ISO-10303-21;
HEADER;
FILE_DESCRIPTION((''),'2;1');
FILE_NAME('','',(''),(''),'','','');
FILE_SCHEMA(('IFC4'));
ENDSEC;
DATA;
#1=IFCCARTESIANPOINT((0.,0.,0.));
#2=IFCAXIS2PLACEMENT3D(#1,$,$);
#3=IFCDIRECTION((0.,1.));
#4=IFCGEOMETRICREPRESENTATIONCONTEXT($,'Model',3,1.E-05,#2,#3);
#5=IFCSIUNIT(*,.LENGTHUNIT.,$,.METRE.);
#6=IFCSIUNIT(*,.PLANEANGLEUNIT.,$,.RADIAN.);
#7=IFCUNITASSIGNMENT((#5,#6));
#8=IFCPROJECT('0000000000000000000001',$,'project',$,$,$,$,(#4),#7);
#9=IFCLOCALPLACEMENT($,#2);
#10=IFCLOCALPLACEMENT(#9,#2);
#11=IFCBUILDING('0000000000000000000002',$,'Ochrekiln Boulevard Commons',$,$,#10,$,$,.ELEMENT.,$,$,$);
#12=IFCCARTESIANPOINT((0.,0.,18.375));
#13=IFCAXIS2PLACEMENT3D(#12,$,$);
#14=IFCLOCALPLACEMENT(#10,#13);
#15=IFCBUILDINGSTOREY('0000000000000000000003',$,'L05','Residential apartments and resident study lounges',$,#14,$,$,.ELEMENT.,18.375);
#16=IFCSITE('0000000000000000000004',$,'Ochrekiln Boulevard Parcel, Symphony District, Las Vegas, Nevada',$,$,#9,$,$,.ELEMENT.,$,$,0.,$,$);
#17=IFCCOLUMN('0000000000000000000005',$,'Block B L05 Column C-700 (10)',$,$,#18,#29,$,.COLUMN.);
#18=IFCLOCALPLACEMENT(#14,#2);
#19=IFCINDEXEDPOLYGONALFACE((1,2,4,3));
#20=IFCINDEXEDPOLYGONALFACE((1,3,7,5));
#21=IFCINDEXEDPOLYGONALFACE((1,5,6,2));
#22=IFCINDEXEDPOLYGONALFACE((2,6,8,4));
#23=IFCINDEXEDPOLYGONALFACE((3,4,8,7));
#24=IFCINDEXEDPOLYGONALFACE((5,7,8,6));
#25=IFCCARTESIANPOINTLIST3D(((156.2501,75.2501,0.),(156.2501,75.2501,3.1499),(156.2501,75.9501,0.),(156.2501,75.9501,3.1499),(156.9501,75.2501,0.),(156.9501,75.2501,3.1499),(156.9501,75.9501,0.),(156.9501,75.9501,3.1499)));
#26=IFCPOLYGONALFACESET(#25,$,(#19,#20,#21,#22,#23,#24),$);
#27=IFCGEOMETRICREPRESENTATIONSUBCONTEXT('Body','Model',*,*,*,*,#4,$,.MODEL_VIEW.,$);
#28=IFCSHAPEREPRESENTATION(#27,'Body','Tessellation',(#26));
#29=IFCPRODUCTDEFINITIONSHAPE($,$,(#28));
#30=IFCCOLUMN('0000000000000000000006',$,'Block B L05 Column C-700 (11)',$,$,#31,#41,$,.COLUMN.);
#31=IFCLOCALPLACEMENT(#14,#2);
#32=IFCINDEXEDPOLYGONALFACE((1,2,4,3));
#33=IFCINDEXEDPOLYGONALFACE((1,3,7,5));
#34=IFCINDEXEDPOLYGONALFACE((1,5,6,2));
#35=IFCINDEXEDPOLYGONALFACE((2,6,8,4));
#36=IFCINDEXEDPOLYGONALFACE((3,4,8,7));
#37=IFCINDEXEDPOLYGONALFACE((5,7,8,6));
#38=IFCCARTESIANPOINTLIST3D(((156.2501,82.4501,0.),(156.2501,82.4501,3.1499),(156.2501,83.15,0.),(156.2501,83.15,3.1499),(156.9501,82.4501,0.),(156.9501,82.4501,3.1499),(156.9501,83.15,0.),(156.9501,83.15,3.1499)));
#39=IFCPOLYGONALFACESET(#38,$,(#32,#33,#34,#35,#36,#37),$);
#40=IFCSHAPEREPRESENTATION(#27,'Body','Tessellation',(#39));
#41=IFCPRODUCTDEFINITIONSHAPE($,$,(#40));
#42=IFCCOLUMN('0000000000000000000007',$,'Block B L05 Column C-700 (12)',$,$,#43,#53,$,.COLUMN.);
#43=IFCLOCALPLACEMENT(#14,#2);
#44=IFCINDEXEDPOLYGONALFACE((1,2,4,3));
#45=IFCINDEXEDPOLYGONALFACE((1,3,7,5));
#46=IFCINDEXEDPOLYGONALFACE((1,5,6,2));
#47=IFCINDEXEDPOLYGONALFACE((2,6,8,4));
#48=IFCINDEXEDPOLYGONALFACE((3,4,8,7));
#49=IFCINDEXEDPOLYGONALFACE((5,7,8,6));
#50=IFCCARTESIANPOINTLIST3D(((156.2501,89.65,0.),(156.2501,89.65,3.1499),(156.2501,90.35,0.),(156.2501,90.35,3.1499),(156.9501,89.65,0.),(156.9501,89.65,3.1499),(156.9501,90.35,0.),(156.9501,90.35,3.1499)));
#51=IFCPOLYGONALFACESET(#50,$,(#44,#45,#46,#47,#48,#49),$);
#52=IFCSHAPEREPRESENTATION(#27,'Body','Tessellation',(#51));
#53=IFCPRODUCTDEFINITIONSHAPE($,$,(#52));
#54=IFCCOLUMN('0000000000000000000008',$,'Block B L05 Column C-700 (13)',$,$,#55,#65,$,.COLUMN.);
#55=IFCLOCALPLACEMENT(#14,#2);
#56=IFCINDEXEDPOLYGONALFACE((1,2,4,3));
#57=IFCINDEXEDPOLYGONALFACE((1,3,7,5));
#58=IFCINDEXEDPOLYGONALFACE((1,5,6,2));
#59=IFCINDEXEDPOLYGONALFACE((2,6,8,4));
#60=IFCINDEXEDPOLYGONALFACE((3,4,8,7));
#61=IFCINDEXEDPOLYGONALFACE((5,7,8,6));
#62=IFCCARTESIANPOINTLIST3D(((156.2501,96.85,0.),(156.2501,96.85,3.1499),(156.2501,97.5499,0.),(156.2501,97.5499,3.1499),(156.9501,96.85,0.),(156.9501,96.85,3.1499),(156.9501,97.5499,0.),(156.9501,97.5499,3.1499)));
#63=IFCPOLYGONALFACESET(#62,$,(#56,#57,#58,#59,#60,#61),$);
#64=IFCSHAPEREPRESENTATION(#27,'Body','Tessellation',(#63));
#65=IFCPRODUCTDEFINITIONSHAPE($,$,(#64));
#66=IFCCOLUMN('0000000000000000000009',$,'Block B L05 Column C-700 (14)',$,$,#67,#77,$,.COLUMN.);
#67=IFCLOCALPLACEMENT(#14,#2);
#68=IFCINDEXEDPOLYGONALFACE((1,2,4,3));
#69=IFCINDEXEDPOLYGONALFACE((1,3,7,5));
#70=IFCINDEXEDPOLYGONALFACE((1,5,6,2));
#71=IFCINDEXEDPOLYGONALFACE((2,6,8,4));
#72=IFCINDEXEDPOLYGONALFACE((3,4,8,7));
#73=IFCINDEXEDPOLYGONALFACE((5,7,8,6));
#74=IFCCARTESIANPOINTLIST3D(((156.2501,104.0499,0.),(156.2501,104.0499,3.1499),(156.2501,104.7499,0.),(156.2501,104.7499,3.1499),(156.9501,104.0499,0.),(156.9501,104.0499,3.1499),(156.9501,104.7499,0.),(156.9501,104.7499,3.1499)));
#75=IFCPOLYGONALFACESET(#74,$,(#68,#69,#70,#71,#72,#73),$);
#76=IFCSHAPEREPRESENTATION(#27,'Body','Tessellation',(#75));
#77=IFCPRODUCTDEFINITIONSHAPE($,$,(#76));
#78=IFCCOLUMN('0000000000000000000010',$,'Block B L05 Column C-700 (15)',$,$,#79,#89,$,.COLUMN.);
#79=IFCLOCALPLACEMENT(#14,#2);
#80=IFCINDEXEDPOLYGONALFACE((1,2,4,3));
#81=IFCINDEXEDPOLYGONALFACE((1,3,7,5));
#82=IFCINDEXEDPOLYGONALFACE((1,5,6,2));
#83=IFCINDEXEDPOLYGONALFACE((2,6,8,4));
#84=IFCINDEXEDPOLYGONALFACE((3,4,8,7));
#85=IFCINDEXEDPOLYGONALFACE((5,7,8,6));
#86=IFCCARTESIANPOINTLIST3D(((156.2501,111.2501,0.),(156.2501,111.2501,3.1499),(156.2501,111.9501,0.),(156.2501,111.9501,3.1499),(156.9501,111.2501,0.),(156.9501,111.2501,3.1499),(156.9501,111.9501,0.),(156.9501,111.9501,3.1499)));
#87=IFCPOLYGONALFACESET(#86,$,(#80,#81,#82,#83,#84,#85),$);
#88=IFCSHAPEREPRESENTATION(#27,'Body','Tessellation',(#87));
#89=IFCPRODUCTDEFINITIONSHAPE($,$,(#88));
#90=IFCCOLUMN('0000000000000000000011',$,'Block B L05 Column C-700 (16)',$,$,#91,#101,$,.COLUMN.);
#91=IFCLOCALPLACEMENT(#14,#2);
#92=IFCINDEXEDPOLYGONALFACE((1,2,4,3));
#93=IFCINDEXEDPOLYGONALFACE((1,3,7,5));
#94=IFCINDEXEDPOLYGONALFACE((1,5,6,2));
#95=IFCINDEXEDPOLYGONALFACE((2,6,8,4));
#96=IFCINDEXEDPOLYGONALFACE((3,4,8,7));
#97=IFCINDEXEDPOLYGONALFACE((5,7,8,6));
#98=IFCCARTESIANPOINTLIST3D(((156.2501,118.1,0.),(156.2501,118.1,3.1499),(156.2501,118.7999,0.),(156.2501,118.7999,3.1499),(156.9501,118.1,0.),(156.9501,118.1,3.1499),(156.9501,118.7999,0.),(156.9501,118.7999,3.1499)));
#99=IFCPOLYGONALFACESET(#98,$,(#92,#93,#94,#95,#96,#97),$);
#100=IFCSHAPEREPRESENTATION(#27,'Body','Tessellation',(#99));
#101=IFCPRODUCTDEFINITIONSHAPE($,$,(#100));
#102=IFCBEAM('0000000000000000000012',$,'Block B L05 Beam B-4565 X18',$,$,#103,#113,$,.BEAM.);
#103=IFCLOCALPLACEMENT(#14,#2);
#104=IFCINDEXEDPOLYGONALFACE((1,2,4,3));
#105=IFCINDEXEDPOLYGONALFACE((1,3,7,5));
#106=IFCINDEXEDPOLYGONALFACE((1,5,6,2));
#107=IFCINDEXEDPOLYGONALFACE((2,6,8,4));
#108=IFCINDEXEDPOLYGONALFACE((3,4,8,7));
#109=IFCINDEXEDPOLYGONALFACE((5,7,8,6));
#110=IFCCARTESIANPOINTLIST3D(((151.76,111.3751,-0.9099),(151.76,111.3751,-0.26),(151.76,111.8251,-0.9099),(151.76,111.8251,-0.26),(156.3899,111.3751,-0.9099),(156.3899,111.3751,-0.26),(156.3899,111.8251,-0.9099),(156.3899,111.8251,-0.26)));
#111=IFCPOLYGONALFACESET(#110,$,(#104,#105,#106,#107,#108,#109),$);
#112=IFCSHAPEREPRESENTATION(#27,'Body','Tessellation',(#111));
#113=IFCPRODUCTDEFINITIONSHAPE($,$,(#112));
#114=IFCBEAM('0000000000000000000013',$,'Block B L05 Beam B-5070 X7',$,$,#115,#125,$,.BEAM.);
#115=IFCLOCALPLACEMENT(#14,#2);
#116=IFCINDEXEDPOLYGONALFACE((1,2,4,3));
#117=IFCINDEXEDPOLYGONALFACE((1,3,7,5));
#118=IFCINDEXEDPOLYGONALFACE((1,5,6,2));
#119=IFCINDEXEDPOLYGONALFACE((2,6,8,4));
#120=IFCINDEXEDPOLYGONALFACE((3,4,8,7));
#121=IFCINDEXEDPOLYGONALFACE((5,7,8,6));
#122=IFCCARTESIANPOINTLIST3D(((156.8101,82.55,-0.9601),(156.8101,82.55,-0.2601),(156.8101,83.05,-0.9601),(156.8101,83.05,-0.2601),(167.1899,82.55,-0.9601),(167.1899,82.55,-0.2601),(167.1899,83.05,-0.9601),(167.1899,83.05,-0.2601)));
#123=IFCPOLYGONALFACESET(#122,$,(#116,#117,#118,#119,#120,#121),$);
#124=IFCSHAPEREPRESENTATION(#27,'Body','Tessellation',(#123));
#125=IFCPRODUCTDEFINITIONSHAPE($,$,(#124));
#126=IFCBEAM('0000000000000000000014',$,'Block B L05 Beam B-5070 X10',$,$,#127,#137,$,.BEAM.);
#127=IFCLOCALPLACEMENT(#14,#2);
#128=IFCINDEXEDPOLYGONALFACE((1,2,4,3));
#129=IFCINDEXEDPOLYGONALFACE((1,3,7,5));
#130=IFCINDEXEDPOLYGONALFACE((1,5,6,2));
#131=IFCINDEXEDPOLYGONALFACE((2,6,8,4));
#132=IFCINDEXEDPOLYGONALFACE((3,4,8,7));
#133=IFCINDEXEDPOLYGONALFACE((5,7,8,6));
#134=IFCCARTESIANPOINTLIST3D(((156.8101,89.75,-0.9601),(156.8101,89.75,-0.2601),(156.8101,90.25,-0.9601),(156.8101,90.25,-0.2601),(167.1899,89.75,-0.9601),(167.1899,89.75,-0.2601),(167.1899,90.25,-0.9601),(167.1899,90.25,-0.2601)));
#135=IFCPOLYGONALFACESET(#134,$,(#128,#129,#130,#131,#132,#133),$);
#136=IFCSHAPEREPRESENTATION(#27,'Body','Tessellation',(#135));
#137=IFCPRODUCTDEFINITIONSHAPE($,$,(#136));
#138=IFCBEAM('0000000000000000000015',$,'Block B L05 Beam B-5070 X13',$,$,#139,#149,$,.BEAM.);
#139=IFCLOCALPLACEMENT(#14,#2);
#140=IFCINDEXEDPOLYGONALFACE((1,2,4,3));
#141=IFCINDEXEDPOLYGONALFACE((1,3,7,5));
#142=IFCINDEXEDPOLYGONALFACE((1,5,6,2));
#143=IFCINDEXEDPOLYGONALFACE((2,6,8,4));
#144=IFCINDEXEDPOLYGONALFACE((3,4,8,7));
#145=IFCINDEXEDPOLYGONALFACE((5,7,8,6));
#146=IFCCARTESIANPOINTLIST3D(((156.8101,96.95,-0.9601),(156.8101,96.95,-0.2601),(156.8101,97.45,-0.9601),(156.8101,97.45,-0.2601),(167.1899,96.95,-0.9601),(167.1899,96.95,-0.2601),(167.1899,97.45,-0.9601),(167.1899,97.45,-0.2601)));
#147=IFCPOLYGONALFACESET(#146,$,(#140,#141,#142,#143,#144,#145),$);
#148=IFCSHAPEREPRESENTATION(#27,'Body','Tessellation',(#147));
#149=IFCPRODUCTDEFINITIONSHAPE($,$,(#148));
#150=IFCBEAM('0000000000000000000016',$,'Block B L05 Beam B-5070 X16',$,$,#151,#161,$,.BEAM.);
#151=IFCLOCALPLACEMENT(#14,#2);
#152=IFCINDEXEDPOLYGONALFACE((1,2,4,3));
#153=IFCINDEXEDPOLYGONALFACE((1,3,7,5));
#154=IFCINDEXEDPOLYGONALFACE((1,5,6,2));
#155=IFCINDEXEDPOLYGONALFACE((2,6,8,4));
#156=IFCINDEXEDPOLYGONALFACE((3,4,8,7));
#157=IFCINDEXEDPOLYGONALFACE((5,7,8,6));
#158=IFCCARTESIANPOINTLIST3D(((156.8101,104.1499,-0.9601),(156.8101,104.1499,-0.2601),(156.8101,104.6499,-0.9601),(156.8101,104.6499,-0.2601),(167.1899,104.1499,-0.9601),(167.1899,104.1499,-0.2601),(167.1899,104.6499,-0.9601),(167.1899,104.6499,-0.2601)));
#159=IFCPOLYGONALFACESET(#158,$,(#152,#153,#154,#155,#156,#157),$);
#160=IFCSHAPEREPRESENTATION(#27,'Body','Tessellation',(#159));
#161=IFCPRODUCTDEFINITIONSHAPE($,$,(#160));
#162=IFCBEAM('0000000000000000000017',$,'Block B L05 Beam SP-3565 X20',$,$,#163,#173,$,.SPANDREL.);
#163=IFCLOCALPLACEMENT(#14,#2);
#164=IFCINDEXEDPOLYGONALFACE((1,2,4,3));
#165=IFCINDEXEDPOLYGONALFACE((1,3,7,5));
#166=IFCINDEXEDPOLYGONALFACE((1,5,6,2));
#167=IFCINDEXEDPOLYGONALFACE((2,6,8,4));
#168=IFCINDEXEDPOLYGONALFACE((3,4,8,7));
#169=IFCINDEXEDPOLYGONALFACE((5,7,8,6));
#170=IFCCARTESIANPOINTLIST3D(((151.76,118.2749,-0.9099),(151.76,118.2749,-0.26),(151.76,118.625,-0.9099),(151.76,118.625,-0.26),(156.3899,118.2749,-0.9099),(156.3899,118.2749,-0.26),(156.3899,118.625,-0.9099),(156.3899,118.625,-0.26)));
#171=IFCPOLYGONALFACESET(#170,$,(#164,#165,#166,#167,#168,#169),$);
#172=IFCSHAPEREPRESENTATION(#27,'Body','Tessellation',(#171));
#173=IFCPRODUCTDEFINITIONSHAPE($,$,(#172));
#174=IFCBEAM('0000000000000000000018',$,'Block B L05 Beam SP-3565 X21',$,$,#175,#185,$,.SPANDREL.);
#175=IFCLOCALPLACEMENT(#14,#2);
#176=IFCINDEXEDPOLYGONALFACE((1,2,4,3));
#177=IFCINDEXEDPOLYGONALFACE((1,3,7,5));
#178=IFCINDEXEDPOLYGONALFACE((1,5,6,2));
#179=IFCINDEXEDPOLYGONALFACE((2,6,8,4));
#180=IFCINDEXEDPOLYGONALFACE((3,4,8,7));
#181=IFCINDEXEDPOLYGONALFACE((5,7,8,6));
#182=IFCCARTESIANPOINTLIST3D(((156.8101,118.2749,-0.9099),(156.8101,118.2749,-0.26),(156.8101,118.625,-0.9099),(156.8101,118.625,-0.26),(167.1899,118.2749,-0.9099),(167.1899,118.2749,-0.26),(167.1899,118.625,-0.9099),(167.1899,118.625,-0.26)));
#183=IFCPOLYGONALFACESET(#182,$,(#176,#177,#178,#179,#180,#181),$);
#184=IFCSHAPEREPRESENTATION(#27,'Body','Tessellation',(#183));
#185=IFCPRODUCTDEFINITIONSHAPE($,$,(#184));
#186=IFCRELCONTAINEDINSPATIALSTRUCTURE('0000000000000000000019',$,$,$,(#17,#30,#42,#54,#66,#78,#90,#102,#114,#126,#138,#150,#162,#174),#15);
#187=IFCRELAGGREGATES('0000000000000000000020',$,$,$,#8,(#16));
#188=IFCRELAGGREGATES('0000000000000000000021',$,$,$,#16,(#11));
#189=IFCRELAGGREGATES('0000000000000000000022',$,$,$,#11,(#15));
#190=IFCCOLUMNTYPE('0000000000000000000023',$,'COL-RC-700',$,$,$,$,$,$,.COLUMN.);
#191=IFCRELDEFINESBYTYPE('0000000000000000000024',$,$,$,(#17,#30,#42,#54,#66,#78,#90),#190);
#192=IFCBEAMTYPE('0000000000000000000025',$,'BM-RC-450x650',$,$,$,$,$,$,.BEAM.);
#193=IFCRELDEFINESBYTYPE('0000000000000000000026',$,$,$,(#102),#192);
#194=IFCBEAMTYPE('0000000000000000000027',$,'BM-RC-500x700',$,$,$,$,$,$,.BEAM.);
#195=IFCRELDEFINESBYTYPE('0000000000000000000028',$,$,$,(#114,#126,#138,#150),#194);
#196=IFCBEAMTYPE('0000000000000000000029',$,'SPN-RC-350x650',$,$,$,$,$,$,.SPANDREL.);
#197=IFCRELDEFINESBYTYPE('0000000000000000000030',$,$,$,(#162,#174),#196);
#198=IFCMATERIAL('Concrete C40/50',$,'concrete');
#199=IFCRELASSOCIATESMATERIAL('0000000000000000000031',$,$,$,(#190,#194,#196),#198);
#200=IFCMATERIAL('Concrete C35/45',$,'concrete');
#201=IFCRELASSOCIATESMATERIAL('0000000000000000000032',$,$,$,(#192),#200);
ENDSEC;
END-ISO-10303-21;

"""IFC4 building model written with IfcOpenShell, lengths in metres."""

from ifc_helpers import new_model, si_unit, direction, frame, origin, origin_2d, place, context, subcontext, project, spatial, rectangle, extrude, material, material_profile, profile_set, type_object, element, save


model = new_model("IFC4")

# Units and contexts
model_context = context("Model", 3, precision=1e-05, world=origin(), true_north=direction((0.0, 1.0)))
body_context = subcontext(model_context, "Body", "Model", "MODEL_VIEW")
ifc_project = project(units=[si_unit("LENGTHUNIT", "METRE"), si_unit("PLANEANGLEUNIT", "RADIAN")], contexts=[model_context])

# Site, building, storey
site_placement = place(None, origin())
site = spatial("IfcSite", under=ifc_project, at=site_placement, Name="Ochrekiln Boulevard Parcel, Symphony District, Las Vegas, Nevada", CompositionType="ELEMENT", RefElevation=0.0)
building_placement = place(site_placement, origin())
building = spatial("IfcBuilding", under=site, at=building_placement, Name="Ochrekiln Boulevard Commons", CompositionType="ELEMENT")
storey_placement = place(building_placement, frame((0.0, 0.0, 18.375)))
storey = spatial("IfcBuildingStorey", under=building, at=storey_placement, Name="L05", Description="Residential apartments and resident study lounges", CompositionType="ELEMENT", Elevation=18.375)

# Columns
ifc_material_1 = material(Name="Concrete C40/50", Category="concrete")
ifc_material_profile_1 = material_profile(ifc_material_1, rectangle(XDim=0.7, YDim=0.7, at=origin_2d()), Name="RC-COL-700x700")
ifc_profile_set_1 = profile_set([ifc_material_profile_1], Name="Concrete C40/50")
column_type = type_object("IfcColumnType", Name="COL-RC-700", PredefinedType="COLUMN", material=ifc_profile_set_1)
for number, where, z_axis, x_axis, name in (
    (1, (156.6001, 75.6001, 0.0), (0.0, 0.0, 1.0), (1.0, 0.0, 0.0), "Block B L05 Column C-700 (10)"),
    (2, (156.6001, 82.8, 0.0), (0.0, 0.0, 1.0), (1.0, 0.0, 0.0), "Block B L05 Column C-700 (11)"),
    (3, (156.6001, 90.0, 0.0), (0.0, 0.0, 1.0), (1.0, 0.0, 0.0), "Block B L05 Column C-700 (12)"),
    (4, (156.6001, 97.2, 0.0), (0.0, 0.0, 1.0), (1.0, 0.0, 0.0), "Block B L05 Column C-700 (13)"),
    (5, (156.6001, 104.3999, 0.0), (0.0, 0.0, 1.0), (1.0, 0.0, 0.0), "Block B L05 Column C-700 (14)"),
    (6, (156.6001, 111.6001, 0.0), (0.0, 0.0, 1.0), (1.0, 0.0, 0.0), "Block B L05 Column C-700 (15)"),
    (7, (156.6001, 118.45, 0.0), (0.0, 0.0, 1.0), (1.0, 0.0, 0.0), "Block B L05 Column C-700 (16)"),
):
    element("IfcColumn", number, at=place(storey_placement, frame(where, z_axis=z_axis, x_axis=x_axis)), inside=storey, type_object=column_type, Name=name, PredefinedType="COLUMN", context=body_context, shape_type="SweptSolid", body=[
        extrude(rectangle(XDim=0.7, YDim=0.7, at=origin_2d()), origin(), (0.0, 0.0, 1.0), 3.1499),
    ])

# Beams
ifc_material_2 = material(Name="Concrete C35/45", Category="concrete")
ifc_material_profile_2 = material_profile(ifc_material_2, rectangle(XDim=0.45, YDim=0.6499, at=origin_2d()), Name="RC-BM-450x650")
ifc_profile_set_2 = profile_set([ifc_material_profile_2], Name="Concrete C35/45")
beam_type_1 = type_object("IfcBeamType", Name="BM-RC-450x650", PredefinedType="BEAM", material=ifc_profile_set_2)
beam_1_placement = place(storey_placement, frame((151.76, 111.6001, -0.585), z_axis=(1.0, 0.0, 0.0), x_axis=(0.0, 1.0, 0.0)))
element("IfcBeam", 8, at=beam_1_placement, inside=storey, type_object=beam_type_1, Name="Block B L05 Beam B-4565 X18", PredefinedType="BEAM", context=body_context, shape_type="SweptSolid", body=[
    extrude(rectangle(XDim=0.45, YDim=0.6499, at=origin_2d()), origin(), (0.0, 0.0, 1.0), 4.6299),
])
ifc_material_profile_3 = material_profile(ifc_material_1, rectangle(XDim=0.5, YDim=0.7, at=origin_2d()), Name="RC-BM-500x700")
ifc_profile_set_3 = profile_set([ifc_material_profile_3], Name="Concrete C40/50")
beam_type_2 = type_object("IfcBeamType", Name="BM-RC-500x700", PredefinedType="BEAM", material=ifc_profile_set_3)
for number, where, z_axis, x_axis, name in (
    (9, (156.8101, 82.8, -0.6101), (1.0, 0.0, 0.0), (0.0, 1.0, 0.0), "Block B L05 Beam B-5070 X7"),
    (10, (156.8101, 90.0, -0.6101), (1.0, 0.0, 0.0), (0.0, 1.0, 0.0), "Block B L05 Beam B-5070 X10"),
    (11, (156.8101, 97.2, -0.6101), (1.0, 0.0, 0.0), (0.0, 1.0, 0.0), "Block B L05 Beam B-5070 X13"),
    (12, (156.8101, 104.3999, -0.6101), (1.0, 0.0, 0.0), (0.0, 1.0, 0.0), "Block B L05 Beam B-5070 X16"),
):
    element("IfcBeam", number, at=place(storey_placement, frame(where, z_axis=z_axis, x_axis=x_axis)), inside=storey, type_object=beam_type_2, Name=name, PredefinedType="BEAM", context=body_context, shape_type="SweptSolid", body=[
        extrude(rectangle(XDim=0.5, YDim=0.7, at=origin_2d()), origin(), (0.0, 0.0, 1.0), 10.3799),
    ])
ifc_material_profile_4 = material_profile(ifc_material_1, rectangle(XDim=0.3501, YDim=0.6499, at=origin_2d()), Name="RC-SPN-350x650")
ifc_profile_set_4 = profile_set([ifc_material_profile_4], Name="Concrete C40/50")
beam_type_3 = type_object("IfcBeamType", Name="SPN-RC-350x650", PredefinedType="SPANDREL", material=ifc_profile_set_4)
beam_2_placement = place(storey_placement, frame((151.76, 118.45, -0.585), z_axis=(1.0, 0.0, 0.0), x_axis=(0.0, 1.0, 0.0)))
element("IfcBeam", 13, at=beam_2_placement, inside=storey, type_object=beam_type_3, Name="Block B L05 Beam SP-3565 X20", PredefinedType="SPANDREL", context=body_context, shape_type="SweptSolid", body=[
    extrude(rectangle(XDim=0.3501, YDim=0.6499, at=origin_2d()), origin(), (0.0, 0.0, 1.0), 4.6299),
])
beam_3_placement = place(storey_placement, frame((156.8101, 118.45, -0.585), z_axis=(1.0, 0.0, 0.0), x_axis=(0.0, 1.0, 0.0)))
element("IfcBeam", 14, at=beam_3_placement, inside=storey, type_object=beam_type_3, Name="Block B L05 Beam SP-3565 X21", PredefinedType="SPANDREL", context=body_context, shape_type="SweptSolid", body=[
    extrude(rectangle(XDim=0.3501, YDim=0.6499, at=origin_2d()), origin(), (0.0, 0.0, 1.0), 10.3799),
])

save(model, "model.ifc")
